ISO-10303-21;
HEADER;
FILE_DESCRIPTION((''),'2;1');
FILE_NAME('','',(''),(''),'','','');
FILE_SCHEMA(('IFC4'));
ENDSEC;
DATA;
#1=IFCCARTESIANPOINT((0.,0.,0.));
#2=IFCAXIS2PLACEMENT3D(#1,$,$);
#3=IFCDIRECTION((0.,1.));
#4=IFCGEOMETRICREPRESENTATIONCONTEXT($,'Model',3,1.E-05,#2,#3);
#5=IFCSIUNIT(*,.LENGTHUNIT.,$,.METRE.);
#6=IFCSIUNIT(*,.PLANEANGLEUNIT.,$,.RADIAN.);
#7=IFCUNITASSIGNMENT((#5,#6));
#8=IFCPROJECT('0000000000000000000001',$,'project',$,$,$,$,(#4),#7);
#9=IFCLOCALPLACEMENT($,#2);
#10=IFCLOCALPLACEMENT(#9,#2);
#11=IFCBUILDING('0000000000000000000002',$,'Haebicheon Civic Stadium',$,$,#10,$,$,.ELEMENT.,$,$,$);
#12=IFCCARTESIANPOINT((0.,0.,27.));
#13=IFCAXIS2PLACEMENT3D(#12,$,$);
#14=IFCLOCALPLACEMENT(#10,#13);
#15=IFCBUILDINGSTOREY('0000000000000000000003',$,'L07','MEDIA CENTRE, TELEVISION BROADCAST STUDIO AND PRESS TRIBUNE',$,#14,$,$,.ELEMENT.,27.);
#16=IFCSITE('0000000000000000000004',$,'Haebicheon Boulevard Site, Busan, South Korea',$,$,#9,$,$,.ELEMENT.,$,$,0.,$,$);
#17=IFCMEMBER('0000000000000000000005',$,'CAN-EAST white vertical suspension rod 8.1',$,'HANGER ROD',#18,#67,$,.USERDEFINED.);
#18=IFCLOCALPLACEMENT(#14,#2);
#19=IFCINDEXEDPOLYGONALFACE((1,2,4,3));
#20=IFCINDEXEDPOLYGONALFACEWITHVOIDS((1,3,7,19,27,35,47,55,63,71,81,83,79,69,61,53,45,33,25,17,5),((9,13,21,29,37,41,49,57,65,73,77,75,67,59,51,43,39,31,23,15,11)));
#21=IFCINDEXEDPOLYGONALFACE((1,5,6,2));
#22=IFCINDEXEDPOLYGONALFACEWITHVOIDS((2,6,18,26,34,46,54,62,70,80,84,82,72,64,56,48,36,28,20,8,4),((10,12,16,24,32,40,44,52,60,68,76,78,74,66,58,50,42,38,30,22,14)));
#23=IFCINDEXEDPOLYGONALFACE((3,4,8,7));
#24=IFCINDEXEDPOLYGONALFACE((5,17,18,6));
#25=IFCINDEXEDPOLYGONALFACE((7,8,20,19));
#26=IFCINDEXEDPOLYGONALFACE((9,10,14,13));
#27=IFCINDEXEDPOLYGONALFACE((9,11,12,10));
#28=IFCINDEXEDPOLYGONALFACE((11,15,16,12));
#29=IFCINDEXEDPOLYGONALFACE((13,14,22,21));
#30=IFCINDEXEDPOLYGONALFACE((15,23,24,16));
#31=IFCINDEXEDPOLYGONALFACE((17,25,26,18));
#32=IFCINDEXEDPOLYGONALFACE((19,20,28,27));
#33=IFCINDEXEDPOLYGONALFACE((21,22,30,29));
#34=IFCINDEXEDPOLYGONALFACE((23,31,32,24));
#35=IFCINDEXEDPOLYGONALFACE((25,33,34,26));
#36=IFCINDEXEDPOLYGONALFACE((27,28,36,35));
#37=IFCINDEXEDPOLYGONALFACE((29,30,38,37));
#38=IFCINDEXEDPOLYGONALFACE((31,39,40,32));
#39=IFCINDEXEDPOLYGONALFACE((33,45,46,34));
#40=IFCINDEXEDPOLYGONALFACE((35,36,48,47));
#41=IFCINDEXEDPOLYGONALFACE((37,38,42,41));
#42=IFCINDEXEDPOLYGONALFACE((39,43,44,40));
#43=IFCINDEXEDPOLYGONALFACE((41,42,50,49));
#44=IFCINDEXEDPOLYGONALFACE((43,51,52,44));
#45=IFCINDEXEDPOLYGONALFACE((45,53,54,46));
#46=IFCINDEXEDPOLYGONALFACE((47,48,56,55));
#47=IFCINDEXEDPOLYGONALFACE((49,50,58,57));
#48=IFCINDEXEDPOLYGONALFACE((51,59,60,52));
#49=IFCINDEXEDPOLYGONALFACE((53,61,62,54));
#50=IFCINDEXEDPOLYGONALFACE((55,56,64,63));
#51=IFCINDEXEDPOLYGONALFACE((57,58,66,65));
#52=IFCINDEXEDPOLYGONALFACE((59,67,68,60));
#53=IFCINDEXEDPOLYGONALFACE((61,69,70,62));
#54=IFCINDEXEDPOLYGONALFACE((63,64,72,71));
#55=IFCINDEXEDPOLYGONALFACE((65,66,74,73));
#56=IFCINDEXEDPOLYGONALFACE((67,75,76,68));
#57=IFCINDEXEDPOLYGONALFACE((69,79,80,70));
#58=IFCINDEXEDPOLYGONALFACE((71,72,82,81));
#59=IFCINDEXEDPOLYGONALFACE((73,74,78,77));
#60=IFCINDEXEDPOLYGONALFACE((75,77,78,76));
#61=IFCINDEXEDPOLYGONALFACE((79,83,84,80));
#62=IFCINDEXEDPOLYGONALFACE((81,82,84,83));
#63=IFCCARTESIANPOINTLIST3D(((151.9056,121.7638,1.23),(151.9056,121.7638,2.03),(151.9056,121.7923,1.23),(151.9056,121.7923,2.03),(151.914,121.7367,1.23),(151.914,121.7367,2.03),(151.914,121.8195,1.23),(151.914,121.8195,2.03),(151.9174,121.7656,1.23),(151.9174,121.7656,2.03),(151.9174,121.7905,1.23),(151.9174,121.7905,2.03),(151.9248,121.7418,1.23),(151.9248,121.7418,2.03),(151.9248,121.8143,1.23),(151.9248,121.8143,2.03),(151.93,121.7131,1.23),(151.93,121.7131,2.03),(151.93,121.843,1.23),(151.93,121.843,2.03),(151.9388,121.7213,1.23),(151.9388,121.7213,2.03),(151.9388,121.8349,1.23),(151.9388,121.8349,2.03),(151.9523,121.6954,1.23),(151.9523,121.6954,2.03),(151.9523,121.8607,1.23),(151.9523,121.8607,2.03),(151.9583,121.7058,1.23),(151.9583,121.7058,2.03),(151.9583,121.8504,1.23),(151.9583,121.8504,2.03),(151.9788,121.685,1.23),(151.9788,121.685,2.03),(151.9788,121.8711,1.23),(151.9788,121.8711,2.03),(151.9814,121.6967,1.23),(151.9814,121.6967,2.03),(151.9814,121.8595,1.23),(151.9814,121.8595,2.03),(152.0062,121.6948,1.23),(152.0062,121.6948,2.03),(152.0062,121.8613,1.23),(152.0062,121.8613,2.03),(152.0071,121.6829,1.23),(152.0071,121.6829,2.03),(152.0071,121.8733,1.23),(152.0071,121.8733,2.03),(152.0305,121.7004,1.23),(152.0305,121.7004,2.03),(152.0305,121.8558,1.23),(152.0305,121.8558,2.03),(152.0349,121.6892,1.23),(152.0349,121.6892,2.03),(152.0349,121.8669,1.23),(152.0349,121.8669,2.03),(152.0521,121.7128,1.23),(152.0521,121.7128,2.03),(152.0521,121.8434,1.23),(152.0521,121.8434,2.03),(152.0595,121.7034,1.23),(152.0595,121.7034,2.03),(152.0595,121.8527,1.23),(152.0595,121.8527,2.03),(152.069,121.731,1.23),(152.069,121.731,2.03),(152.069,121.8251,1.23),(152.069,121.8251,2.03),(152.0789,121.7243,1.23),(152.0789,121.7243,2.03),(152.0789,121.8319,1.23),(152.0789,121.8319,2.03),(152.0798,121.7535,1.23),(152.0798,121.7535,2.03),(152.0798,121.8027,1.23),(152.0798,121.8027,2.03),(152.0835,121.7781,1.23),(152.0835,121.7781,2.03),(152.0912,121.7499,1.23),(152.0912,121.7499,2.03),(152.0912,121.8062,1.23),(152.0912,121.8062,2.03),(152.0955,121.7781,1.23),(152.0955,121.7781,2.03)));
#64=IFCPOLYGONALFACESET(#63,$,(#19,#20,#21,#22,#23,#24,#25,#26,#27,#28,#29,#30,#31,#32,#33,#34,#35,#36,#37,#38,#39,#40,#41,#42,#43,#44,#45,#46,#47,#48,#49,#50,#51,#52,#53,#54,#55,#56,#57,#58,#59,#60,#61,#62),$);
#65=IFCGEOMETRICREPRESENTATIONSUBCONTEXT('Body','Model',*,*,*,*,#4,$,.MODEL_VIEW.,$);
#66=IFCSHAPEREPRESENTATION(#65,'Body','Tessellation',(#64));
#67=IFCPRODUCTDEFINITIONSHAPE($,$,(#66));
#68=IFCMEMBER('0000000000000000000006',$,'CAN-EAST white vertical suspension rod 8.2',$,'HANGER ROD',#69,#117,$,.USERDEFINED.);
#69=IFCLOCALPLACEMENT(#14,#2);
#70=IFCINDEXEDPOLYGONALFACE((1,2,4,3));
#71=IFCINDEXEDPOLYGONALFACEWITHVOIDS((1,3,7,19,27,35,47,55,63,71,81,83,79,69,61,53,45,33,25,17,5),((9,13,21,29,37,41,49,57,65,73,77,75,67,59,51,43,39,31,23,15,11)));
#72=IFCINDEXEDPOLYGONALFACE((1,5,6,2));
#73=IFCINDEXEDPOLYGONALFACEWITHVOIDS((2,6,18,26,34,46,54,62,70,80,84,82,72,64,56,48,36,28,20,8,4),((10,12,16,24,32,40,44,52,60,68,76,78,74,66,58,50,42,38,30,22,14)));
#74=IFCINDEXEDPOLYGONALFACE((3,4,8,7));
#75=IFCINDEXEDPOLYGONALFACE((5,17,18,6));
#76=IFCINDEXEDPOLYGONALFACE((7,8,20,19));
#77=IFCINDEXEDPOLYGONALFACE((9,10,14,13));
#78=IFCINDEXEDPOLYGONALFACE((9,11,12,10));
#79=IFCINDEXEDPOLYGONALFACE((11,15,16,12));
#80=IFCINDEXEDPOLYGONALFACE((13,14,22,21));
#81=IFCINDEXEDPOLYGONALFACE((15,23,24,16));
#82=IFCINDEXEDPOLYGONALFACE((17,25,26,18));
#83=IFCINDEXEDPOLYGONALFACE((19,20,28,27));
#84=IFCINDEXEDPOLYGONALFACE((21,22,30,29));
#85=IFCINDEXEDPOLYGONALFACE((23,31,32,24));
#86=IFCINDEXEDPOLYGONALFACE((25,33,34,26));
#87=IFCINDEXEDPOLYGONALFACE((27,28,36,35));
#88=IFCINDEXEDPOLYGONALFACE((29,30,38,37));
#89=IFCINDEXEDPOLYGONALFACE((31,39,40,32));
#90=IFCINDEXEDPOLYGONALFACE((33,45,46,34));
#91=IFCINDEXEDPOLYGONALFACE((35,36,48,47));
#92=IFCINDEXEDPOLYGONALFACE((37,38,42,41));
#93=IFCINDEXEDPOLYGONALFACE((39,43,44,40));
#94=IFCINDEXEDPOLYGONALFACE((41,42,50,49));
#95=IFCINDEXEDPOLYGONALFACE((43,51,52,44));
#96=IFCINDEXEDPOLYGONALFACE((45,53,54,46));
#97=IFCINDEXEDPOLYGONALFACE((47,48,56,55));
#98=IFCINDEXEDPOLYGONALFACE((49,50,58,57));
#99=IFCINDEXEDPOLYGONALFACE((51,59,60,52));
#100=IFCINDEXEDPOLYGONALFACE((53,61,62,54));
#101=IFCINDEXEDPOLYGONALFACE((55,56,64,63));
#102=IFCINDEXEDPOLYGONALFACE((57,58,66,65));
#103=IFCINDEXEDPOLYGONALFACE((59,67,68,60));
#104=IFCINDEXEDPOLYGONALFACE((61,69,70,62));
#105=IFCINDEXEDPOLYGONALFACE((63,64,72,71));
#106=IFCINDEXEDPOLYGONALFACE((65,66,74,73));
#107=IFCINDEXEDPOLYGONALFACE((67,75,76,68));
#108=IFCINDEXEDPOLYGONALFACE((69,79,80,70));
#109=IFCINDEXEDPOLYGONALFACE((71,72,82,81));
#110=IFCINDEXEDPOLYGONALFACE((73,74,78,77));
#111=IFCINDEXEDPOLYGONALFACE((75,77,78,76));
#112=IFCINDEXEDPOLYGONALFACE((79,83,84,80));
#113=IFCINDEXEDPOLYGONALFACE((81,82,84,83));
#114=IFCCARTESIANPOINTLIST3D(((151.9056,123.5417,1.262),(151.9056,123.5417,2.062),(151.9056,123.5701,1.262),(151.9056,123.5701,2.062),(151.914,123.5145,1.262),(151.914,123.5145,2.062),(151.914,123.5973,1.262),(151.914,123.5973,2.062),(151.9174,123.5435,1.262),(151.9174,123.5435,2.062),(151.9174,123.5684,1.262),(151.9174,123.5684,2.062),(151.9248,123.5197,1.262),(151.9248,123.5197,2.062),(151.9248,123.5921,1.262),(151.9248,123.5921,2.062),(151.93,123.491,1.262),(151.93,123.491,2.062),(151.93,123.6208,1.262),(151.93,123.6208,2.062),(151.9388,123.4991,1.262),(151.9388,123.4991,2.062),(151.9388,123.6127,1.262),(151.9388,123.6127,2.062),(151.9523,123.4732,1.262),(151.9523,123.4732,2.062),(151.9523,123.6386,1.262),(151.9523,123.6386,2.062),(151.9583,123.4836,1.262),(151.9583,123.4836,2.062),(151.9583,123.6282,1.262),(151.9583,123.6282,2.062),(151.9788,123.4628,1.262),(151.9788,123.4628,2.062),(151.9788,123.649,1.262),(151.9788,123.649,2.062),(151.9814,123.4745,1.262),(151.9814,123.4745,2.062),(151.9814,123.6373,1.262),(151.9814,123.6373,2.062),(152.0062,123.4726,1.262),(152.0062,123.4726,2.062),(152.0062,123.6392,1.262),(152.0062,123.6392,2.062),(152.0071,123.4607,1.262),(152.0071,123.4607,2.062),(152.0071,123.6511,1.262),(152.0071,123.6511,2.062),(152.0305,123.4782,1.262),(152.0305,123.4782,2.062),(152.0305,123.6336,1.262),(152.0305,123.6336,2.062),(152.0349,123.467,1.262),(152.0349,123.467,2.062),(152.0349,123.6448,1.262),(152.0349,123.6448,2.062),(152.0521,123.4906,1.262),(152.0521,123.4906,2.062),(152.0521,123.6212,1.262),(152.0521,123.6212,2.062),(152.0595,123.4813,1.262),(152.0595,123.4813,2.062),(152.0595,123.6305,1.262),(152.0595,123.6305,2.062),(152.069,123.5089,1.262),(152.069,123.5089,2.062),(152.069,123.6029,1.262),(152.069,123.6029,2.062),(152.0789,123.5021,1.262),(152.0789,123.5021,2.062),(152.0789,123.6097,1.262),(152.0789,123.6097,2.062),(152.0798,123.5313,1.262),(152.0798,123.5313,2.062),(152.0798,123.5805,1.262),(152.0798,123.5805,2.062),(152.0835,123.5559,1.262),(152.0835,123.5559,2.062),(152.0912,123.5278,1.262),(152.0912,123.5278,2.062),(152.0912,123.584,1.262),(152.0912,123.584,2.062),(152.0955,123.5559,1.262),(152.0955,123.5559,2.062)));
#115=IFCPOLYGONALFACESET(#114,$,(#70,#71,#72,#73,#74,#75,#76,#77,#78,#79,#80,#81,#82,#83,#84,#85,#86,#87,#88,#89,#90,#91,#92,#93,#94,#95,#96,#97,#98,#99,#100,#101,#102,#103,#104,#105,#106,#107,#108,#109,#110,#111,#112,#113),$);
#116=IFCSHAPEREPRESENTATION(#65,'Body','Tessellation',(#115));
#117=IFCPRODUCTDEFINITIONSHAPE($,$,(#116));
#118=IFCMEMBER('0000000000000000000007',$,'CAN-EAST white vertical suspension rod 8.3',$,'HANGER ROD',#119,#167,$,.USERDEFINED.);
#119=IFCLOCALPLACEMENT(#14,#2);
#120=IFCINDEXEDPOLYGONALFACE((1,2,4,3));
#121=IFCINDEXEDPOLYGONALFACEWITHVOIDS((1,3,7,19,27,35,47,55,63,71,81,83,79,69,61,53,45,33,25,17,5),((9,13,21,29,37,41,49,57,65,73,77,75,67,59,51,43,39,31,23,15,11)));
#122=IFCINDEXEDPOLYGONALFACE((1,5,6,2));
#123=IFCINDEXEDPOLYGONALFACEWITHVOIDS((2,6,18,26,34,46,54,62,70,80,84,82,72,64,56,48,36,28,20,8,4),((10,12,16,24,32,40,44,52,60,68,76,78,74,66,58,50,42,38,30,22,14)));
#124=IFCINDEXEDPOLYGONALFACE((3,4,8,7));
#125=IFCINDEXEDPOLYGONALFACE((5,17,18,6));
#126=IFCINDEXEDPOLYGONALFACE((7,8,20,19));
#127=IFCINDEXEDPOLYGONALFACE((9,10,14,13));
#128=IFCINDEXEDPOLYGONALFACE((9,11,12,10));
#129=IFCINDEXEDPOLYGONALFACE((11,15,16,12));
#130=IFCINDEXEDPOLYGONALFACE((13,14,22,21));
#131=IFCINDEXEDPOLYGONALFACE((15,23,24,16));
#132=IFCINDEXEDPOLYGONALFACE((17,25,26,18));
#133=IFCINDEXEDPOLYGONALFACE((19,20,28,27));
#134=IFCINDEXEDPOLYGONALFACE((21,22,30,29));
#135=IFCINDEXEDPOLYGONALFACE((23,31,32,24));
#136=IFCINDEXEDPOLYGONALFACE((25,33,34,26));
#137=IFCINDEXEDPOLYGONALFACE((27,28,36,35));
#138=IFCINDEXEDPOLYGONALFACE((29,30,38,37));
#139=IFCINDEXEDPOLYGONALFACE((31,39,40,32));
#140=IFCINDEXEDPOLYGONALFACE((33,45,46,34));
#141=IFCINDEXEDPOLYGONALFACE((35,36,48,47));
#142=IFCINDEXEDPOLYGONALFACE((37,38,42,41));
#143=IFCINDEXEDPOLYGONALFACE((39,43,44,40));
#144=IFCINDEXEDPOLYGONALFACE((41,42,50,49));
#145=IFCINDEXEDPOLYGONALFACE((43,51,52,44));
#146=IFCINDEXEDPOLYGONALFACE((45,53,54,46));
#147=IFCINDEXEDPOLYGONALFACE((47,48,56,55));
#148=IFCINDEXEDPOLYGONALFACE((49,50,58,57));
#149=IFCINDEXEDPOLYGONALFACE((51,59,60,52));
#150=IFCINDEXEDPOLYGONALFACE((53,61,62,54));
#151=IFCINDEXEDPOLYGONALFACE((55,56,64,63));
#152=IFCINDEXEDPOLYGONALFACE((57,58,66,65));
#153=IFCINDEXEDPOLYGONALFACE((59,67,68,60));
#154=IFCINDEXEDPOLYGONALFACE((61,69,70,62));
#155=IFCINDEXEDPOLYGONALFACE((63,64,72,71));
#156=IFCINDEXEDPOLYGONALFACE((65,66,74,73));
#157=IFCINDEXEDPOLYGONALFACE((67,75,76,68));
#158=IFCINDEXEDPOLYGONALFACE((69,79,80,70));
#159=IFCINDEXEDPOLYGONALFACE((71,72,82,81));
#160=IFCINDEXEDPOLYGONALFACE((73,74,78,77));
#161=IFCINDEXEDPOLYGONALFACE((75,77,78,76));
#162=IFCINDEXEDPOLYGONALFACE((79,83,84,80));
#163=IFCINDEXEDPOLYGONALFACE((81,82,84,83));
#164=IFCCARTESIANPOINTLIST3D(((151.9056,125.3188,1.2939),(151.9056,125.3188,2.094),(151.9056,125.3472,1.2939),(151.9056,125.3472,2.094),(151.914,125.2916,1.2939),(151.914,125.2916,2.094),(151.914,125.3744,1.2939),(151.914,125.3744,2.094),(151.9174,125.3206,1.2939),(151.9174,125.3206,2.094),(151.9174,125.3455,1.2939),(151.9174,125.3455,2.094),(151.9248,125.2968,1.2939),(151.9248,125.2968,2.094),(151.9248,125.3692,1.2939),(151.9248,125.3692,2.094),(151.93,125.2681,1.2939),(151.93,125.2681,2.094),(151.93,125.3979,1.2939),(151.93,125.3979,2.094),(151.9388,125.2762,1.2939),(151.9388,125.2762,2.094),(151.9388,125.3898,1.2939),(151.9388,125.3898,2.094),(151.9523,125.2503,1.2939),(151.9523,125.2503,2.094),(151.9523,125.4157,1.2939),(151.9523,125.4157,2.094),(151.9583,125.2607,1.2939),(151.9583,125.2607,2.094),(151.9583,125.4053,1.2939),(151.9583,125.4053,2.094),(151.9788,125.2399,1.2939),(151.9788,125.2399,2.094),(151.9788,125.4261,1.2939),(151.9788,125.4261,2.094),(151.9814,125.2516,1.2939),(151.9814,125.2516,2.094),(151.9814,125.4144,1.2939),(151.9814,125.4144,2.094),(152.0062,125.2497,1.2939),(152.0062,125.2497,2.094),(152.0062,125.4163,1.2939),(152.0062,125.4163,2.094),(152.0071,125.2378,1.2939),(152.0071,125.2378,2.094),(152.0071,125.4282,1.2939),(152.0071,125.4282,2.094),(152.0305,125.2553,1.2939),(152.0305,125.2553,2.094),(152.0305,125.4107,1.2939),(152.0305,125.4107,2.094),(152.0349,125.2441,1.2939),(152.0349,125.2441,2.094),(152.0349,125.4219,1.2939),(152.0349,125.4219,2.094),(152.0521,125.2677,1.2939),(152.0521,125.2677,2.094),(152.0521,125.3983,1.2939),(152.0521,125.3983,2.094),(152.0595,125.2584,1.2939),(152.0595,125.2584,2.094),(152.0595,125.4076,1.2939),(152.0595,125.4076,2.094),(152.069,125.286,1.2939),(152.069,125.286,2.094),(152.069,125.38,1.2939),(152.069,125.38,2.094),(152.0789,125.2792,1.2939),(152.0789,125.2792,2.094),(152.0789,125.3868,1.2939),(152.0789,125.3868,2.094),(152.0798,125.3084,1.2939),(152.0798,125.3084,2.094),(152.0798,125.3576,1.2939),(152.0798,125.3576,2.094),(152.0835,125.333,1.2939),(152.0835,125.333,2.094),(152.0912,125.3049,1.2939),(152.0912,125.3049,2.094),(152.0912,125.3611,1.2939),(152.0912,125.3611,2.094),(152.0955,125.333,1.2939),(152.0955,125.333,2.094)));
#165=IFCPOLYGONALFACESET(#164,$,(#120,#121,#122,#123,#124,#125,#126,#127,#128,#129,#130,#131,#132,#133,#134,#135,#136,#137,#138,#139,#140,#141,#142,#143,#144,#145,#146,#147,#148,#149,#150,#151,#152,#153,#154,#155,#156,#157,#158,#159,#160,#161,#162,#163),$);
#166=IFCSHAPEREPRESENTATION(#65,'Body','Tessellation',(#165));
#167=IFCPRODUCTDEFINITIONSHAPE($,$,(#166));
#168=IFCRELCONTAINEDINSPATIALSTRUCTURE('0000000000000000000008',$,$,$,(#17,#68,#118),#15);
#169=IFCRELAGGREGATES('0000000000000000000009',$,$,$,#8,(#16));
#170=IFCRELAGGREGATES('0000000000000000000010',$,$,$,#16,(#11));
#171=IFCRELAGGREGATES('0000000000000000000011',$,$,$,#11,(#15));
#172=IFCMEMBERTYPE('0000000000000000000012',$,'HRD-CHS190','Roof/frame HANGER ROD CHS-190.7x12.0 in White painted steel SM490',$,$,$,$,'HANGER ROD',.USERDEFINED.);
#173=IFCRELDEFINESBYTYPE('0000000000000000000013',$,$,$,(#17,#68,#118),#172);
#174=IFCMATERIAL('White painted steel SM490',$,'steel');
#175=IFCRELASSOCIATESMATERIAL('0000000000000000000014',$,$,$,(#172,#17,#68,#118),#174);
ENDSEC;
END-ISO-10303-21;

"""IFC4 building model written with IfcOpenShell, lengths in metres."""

from ifc_helpers import new_model, si_unit, direction, frame, origin, origin_2d, place, context, subcontext, project, spatial, hollow_circle, extrude, material, material_profile, profile_set, type_object, element, save


model = new_model("IFC4")

# Units and contexts
model_context = context("Model", 3, precision=1e-05, world=origin(), true_north=direction((0.0, 1.0)))
body_context = subcontext(model_context, "Body", "Model", "MODEL_VIEW")
ifc_project = project(units=[si_unit("LENGTHUNIT", "METRE"), si_unit("PLANEANGLEUNIT", "RADIAN")], contexts=[model_context])

# Site, building, storey
site_placement = place(None, origin())
site = spatial("IfcSite", under=ifc_project, at=site_placement, Name="Haebicheon Boulevard Site, Busan, South Korea", CompositionType="ELEMENT", RefElevation=0.0)
building_placement = place(site_placement, origin())
building = spatial("IfcBuilding", under=site, at=building_placement, Name="Haebicheon Civic Stadium", CompositionType="ELEMENT")
storey_placement = place(building_placement, frame((0.0, 0.0, 27.0)))
storey = spatial("IfcBuildingStorey", under=building, at=storey_placement, Name="L07", Description="MEDIA CENTRE, TELEVISION BROADCAST STUDIO AND PRESS TRIBUNE", CompositionType="ELEMENT", Elevation=27.0)

# Members
ifc_material_1 = material(Name="White painted steel SM490", Category="steel")
ifc_material_profile_1 = material_profile(ifc_material_1, hollow_circle(Radius=0.0955, WallThickness=0.012, at=origin_2d()), Name="CHS-190.7x12.0")
ifc_profile_set_1 = profile_set([ifc_material_profile_1], Name="White painted steel SM490")
member_type_1 = type_object("IfcMemberType", Name="HRD-CHS190", Description="Roof/frame HANGER ROD CHS-190.7x12.0 in White painted steel SM490", ElementType="HANGER ROD", PredefinedType="USERDEFINED", material=ifc_profile_set_1)
for number, where, z_axis, x_axis, name in (
    (1, (152.0, 121.7781, 1.23), (0.0, 0.0, 1.0), (1.0, 0.0, 0.0), "CAN-EAST white vertical suspension rod 8.1"),
    (2, (152.0, 123.5559, 1.262), (0.0, 0.0, 1.0), (1.0, 0.0, 0.0), "CAN-EAST white vertical suspension rod 8.2"),
    (3, (152.0, 125.333, 1.2939), (0.0, 0.0, 1.0), (1.0, 0.0, 0.0), "CAN-EAST white vertical suspension rod 8.3"),
):
    element("IfcMember", number, at=place(storey_placement, frame(where, z_axis=z_axis, x_axis=x_axis)), inside=storey, type_object=member_type_1, material=ifc_profile_set_1, Name=name, ObjectType="HANGER ROD", PredefinedType="USERDEFINED", context=body_context, shape_type="SweptSolid", body=[
        extrude(hollow_circle(Radius=0.0955, WallThickness=0.012, at=origin_2d()), origin(), (0.0, 0.0, 1.0), 0.8),
    ])

save(model, "model.ifc")
